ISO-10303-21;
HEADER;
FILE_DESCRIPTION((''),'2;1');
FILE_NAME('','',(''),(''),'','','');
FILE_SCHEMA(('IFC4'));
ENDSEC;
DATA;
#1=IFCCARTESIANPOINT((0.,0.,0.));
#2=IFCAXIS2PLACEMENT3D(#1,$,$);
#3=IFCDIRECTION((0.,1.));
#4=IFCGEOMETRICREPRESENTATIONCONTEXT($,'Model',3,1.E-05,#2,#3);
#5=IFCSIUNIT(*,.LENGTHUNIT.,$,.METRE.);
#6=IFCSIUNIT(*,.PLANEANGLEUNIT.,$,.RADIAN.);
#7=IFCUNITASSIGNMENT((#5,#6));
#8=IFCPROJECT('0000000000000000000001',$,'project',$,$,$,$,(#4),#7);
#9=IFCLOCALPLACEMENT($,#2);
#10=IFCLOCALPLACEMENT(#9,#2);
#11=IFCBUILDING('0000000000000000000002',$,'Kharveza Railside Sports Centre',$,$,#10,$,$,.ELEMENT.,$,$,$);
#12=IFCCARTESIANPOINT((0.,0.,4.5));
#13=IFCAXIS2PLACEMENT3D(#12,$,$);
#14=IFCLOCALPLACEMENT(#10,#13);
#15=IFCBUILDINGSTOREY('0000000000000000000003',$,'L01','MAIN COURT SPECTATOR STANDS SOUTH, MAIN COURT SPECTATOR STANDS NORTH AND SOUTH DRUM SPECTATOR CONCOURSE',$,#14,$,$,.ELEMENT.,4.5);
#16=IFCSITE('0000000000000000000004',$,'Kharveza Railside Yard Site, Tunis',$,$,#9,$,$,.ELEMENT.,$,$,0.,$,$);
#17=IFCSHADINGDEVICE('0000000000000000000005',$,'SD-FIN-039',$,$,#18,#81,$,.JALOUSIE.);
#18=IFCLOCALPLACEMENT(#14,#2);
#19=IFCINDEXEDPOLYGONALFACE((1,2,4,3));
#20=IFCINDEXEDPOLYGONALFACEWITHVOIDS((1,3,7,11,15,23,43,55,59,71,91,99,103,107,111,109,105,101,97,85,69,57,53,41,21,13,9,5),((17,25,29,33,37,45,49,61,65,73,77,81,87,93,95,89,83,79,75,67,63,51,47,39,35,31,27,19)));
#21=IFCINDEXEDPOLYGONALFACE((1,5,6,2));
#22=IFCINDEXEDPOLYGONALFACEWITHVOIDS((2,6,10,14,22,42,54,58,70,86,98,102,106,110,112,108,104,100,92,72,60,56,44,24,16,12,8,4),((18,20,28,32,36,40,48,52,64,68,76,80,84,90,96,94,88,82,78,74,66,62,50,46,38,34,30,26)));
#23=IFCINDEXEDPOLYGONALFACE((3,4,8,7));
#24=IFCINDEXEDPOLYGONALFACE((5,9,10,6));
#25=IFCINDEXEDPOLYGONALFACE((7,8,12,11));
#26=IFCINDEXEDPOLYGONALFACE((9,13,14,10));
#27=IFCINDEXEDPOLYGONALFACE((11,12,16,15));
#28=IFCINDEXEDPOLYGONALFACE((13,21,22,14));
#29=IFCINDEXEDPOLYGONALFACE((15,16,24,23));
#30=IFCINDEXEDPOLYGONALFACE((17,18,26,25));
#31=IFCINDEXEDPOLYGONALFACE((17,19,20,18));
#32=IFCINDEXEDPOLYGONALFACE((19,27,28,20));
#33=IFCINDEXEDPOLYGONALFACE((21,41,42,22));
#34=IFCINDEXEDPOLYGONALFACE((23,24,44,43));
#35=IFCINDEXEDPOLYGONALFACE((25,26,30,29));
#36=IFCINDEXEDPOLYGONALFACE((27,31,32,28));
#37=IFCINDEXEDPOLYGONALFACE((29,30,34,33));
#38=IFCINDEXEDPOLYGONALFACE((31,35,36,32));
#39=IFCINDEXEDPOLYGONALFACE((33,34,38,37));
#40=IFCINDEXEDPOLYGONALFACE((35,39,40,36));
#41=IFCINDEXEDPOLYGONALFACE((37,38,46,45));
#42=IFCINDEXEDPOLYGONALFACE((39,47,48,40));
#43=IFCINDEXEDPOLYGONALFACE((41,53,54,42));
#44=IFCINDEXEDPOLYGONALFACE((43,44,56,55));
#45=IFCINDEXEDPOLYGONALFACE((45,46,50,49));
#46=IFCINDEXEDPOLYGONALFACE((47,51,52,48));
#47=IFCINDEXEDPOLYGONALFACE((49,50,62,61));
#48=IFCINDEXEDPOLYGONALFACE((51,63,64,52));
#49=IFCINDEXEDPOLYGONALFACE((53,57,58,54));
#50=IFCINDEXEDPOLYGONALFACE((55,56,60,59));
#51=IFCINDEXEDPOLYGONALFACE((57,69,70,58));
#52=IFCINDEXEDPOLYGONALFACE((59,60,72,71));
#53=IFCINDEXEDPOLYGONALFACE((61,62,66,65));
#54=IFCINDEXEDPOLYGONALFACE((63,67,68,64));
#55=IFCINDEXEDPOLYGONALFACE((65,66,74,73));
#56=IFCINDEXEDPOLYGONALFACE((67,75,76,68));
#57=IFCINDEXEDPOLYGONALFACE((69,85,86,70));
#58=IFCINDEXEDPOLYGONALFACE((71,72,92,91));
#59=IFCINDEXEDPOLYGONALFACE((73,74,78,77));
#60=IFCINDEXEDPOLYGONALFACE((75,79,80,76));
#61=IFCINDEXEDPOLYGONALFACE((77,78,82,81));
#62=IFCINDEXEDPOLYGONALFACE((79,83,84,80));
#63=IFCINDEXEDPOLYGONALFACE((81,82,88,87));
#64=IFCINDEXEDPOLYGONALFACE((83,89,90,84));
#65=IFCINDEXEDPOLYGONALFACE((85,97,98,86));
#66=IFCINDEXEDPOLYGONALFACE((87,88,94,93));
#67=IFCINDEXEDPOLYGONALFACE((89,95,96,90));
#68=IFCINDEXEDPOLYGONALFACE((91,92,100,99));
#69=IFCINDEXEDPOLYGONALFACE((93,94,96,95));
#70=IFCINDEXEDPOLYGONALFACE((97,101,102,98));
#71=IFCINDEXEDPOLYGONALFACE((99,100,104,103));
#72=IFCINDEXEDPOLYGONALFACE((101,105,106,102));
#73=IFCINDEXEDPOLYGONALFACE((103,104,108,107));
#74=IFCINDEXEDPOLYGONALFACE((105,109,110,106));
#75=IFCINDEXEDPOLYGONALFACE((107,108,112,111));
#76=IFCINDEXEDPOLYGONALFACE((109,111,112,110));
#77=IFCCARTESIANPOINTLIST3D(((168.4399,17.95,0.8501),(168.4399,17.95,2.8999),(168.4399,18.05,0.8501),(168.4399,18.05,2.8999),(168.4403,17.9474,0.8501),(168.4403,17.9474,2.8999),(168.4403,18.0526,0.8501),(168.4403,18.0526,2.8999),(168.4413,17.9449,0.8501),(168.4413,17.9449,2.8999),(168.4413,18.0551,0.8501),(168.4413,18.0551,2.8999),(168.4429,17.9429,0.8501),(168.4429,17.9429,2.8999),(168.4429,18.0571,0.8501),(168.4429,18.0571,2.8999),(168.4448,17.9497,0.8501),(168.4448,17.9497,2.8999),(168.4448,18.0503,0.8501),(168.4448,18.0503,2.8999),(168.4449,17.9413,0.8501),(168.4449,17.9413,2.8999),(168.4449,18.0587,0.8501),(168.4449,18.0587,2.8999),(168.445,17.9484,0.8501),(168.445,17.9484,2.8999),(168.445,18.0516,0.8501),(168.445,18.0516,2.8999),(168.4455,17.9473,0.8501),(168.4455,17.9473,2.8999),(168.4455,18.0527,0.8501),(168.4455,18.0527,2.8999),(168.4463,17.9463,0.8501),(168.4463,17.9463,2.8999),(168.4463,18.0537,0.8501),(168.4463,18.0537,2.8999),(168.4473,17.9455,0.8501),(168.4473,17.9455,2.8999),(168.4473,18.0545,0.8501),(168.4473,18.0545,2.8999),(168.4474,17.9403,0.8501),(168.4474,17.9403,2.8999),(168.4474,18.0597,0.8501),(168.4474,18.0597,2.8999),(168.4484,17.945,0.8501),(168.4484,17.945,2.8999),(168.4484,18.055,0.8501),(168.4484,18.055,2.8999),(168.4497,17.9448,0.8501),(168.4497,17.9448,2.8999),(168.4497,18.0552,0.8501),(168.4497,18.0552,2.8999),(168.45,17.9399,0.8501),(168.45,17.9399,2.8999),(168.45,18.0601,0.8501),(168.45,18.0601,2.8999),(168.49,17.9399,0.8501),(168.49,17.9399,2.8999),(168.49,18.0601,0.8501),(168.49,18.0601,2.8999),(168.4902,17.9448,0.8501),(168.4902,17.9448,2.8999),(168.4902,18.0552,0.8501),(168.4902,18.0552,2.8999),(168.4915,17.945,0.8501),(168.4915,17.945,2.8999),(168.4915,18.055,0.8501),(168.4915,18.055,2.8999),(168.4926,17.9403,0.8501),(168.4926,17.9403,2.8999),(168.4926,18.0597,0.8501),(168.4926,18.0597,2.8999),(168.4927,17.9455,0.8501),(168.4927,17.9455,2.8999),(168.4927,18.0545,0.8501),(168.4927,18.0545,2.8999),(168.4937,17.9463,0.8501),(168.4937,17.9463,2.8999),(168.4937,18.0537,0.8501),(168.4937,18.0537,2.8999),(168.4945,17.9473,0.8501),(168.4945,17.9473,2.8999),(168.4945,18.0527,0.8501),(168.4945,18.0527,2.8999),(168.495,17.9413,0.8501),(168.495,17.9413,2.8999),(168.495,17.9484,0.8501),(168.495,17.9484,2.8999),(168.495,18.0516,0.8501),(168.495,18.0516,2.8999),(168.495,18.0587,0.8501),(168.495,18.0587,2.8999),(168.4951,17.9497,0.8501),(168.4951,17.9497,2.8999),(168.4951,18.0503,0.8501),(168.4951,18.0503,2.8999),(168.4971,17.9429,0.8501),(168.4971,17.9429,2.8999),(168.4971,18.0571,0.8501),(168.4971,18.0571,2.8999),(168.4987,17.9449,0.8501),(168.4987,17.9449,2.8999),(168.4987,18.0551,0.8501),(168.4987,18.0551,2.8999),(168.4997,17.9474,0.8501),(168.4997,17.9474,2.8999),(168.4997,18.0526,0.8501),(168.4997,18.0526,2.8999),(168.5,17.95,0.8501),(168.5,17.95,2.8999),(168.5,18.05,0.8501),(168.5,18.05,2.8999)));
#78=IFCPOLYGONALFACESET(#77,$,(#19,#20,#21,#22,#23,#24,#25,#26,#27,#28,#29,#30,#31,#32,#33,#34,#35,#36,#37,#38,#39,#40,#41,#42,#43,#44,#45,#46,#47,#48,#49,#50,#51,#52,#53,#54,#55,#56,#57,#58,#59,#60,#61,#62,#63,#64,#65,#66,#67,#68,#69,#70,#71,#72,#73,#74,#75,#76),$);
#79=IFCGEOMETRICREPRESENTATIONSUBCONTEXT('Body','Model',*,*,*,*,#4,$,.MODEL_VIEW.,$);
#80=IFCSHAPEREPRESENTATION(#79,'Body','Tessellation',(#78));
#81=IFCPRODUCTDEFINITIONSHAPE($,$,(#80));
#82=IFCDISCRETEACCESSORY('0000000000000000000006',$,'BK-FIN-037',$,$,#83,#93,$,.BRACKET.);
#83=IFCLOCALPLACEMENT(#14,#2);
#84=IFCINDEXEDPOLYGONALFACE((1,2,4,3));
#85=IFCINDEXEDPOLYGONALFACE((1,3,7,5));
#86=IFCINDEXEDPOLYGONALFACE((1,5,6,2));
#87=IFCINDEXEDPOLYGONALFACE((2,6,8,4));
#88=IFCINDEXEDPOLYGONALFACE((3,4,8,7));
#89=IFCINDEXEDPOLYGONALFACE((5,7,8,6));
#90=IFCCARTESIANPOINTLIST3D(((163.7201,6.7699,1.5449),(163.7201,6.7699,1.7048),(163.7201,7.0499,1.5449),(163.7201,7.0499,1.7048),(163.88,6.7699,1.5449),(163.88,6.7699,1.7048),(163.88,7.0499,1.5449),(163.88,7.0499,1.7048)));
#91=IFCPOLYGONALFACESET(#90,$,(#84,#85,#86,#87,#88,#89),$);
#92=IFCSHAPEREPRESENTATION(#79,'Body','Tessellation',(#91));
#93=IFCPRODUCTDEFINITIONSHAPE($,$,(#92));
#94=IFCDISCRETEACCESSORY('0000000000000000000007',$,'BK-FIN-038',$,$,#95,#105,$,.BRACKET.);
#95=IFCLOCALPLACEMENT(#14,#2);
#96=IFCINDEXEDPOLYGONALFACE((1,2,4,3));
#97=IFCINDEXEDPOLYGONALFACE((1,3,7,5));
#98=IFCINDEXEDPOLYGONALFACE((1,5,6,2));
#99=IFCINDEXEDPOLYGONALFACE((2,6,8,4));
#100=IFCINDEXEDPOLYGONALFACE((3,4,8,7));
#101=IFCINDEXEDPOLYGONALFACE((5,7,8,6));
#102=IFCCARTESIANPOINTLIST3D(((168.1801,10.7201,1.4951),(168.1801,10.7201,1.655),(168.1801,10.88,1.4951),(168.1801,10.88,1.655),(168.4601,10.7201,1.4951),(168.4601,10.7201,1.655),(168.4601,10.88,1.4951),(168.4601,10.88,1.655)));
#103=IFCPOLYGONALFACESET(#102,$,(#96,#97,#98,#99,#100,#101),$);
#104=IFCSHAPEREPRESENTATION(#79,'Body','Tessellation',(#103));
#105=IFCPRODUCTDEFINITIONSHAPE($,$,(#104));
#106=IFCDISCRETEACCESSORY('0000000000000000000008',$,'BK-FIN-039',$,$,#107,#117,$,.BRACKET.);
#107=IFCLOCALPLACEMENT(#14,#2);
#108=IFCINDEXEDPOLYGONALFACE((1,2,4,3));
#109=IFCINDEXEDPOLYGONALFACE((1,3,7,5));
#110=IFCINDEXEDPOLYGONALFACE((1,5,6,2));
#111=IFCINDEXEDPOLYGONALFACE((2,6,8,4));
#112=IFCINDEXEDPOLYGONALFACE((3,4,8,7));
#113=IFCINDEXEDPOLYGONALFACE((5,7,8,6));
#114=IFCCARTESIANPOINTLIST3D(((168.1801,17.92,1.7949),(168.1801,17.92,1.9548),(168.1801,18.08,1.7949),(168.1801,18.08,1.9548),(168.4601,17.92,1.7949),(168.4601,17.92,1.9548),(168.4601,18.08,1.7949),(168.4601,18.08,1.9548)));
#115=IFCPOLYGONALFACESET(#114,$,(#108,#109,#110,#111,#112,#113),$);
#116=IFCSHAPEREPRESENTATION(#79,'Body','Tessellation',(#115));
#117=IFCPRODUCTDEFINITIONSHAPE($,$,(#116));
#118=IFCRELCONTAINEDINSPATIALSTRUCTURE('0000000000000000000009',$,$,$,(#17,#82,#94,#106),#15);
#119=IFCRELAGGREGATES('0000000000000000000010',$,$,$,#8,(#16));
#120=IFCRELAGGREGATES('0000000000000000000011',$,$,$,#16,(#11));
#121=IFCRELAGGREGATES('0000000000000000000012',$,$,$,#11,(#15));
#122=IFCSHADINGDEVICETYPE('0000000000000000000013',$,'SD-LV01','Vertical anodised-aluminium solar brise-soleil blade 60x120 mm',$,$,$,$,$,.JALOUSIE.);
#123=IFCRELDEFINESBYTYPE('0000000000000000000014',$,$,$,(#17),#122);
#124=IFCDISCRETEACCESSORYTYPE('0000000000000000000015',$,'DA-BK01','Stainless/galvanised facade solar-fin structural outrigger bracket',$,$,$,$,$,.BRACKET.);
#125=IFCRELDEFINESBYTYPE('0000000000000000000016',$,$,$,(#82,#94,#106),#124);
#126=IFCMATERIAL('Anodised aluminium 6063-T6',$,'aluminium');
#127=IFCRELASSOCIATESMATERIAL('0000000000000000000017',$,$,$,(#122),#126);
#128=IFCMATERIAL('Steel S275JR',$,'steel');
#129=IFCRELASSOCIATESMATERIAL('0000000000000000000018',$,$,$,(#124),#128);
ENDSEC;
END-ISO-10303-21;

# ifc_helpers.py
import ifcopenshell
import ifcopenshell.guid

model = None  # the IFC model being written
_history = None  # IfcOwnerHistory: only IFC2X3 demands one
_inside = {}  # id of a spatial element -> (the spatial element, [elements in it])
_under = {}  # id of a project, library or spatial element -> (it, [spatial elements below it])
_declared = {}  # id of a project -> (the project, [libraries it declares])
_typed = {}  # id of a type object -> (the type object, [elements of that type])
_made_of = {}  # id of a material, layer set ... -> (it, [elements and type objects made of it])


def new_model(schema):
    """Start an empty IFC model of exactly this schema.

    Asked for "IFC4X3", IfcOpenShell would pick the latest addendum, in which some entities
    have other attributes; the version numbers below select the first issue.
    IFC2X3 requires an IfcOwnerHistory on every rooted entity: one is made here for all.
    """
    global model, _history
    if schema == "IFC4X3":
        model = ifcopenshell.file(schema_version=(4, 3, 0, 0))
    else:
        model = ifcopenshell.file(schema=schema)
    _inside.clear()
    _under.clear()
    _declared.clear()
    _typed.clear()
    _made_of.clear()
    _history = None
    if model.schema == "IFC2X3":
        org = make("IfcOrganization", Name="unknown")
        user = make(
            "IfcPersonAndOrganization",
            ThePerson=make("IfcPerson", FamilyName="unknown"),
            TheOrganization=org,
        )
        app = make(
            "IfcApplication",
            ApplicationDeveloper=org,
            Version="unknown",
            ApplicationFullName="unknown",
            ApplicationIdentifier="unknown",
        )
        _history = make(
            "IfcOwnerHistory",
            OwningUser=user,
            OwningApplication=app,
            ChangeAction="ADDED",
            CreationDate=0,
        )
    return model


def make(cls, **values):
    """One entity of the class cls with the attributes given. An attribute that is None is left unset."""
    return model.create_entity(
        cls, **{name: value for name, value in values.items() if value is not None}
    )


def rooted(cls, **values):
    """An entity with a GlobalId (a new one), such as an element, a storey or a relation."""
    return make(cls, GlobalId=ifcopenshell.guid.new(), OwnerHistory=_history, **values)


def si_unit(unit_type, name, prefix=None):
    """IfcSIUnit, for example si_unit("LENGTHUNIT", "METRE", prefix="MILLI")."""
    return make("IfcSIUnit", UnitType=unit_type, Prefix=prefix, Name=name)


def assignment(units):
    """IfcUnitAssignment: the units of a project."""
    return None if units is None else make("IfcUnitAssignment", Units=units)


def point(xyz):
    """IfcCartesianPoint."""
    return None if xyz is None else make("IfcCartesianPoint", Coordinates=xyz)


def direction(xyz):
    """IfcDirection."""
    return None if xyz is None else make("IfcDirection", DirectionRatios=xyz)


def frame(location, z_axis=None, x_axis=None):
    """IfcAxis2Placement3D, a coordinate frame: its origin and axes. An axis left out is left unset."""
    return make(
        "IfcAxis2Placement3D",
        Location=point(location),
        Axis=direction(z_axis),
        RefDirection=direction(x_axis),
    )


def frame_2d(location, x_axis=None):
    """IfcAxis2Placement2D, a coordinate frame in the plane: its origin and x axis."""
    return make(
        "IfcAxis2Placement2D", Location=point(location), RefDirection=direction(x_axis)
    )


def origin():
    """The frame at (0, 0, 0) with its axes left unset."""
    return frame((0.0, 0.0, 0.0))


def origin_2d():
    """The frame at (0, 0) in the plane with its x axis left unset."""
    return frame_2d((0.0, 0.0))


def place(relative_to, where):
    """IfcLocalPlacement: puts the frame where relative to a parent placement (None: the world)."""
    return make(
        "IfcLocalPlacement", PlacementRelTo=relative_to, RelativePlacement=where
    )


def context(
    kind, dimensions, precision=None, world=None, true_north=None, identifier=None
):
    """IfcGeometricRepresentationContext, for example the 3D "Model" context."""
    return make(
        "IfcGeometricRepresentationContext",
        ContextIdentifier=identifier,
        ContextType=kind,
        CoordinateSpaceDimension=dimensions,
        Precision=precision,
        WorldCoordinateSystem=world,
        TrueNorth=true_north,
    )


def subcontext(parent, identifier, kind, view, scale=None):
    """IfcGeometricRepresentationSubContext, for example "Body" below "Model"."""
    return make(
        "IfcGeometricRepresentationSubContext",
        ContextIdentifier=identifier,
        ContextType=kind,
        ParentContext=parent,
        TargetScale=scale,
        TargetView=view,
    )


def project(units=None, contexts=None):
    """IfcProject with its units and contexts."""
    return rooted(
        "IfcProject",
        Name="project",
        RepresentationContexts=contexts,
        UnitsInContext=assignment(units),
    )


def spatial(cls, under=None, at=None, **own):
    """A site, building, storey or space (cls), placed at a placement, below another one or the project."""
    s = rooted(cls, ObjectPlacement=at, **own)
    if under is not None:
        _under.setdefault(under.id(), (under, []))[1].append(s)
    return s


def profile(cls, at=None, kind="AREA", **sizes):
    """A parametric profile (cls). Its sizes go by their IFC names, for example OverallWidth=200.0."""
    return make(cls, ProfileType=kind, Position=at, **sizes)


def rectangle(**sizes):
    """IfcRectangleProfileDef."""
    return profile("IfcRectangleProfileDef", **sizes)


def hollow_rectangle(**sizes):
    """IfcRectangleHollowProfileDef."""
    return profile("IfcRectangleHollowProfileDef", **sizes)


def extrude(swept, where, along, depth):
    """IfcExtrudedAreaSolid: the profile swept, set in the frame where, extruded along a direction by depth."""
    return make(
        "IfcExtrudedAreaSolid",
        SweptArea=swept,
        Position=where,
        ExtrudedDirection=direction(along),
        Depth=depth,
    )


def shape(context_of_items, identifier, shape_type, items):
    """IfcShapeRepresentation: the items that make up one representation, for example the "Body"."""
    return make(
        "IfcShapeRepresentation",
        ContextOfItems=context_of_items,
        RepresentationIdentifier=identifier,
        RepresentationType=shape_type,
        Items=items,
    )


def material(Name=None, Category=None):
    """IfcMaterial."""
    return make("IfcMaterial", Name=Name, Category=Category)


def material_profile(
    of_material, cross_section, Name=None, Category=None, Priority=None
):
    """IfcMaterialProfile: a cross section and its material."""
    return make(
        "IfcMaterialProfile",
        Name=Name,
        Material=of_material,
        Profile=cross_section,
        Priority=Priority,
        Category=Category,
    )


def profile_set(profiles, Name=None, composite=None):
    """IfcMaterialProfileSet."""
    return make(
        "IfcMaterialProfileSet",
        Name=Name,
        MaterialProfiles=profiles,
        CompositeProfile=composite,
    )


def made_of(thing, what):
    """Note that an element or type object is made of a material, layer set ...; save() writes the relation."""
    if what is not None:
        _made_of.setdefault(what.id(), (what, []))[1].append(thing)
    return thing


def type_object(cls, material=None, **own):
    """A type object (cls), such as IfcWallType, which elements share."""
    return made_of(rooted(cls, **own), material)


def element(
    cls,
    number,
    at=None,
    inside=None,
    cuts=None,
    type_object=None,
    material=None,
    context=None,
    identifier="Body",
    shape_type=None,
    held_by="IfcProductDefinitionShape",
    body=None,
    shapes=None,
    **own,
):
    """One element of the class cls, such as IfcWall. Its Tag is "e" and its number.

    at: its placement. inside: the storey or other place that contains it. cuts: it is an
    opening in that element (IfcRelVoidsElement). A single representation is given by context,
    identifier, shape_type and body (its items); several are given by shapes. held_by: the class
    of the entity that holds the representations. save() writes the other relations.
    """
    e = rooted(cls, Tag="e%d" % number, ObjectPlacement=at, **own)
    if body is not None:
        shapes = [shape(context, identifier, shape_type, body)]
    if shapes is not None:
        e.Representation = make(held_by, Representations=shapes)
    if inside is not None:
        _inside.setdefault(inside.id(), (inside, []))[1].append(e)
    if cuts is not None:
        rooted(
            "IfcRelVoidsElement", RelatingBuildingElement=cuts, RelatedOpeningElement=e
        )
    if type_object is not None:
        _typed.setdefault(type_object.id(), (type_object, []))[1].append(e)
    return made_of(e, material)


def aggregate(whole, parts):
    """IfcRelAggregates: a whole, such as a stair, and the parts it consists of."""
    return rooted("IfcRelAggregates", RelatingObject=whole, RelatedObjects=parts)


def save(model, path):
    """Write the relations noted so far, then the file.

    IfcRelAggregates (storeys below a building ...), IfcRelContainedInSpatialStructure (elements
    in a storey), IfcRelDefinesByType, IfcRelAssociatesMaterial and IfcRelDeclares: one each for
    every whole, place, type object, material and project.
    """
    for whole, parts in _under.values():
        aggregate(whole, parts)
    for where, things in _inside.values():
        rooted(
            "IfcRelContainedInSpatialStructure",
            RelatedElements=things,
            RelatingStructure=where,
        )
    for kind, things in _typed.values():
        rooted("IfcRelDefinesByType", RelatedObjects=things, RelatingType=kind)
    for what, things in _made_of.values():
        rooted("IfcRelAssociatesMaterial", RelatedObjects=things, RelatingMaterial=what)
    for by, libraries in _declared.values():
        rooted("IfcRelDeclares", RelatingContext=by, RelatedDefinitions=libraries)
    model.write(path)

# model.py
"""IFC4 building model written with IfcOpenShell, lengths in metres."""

from ifc_helpers import new_model, si_unit, direction, frame, origin, origin_2d, place, context, subcontext, project, spatial, rectangle, hollow_rectangle, extrude, material, material_profile, profile_set, type_object, element, save


model = new_model("IFC4")

# Units and contexts
model_context = context("Model", 3, precision=1e-05, world=origin(), true_north=direction((0.0, 1.0)))
body_context = subcontext(model_context, "Body", "Model", "MODEL_VIEW")
ifc_project = project(units=[si_unit("LENGTHUNIT", "METRE"), si_unit("PLANEANGLEUNIT", "RADIAN")], contexts=[model_context])

# Site, building, storey
site_placement = place(None, origin())
site = spatial("IfcSite", under=ifc_project, at=site_placement, Name="Kharveza Railside Yard Site, Tunis", CompositionType="ELEMENT", RefElevation=0.0)
building_placement = place(site_placement, origin())
building = spatial("IfcBuilding", under=site, at=building_placement, Name="Kharveza Railside Sports Centre", CompositionType="ELEMENT")
storey_placement = place(building_placement, frame((0.0, 0.0, 4.5)))
storey = spatial("IfcBuildingStorey", under=building, at=storey_placement, Name="L01", Description="MAIN COURT SPECTATOR STANDS SOUTH, MAIN COURT SPECTATOR STANDS NORTH AND SOUTH DRUM SPECTATOR CONCOURSE", CompositionType="ELEMENT", Elevation=4.5)

# Shared definitions
ifc_material_1 = material(Name="Steel S275JR", Category="steel")

# Shading device
ifc_material_2 = material(Name="Anodised aluminium 6063-T6", Category="aluminium")
ifc_material_profile_1 = material_profile(ifc_material_2, hollow_rectangle(XDim=0.0601, YDim=0.1201, WallThickness=0.0049, InnerFilletRadius=0.0049, OuterFilletRadius=0.01, at=origin_2d()), Name="RHS 60x120x5.0")
ifc_profile_set_1 = profile_set([ifc_material_profile_1], Name="Anodised aluminium 6063-T6")
shading_device_type = type_object("IfcShadingDeviceType", Name="SD-LV01", Description="Vertical anodised-aluminium solar brise-soleil blade 60x120 mm", PredefinedType="JALOUSIE", material=ifc_profile_set_1)
shading_device_1_placement = place(storey_placement, frame((168.47, 18.0, 0.8501), z_axis=(0.0, 0.0, 1.0), x_axis=(1.0, 0.0, 0.0)))
element("IfcShadingDevice", 1, at=shading_device_1_placement, inside=storey, type_object=shading_device_type, Name="SD-FIN-039", PredefinedType="JALOUSIE", context=body_context, shape_type="SweptSolid", body=[
    extrude(hollow_rectangle(XDim=0.0601, YDim=0.1201, WallThickness=0.0049, InnerFilletRadius=0.0049, OuterFilletRadius=0.01, at=origin_2d()), origin(), (0.0, 0.0, 1.0), 2.0498),
])

# Discrete accessories
discrete_accessory_type = type_object("IfcDiscreteAccessoryType", Name="DA-BK01", Description="Stainless/galvanised facade solar-fin structural outrigger bracket", PredefinedType="BRACKET", material=ifc_material_1)
for number, where, z_axis, x_axis, name in (
    (2, (163.8, 6.9099, 1.5449), (0.0, 0.0, 1.0), (0.0, -1.0, 0.0), "BK-FIN-037"),
    (3, (168.3201, 10.8, 1.4951), (0.0, 0.0, 1.0), (1.0, 0.0, 0.0), "BK-FIN-038"),
    (4, (168.3201, 18.0, 1.7949), (0.0, 0.0, 1.0), (1.0, 0.0, 0.0), "BK-FIN-039"),
):
    element("IfcDiscreteAccessory", number, at=place(storey_placement, frame(where, z_axis=z_axis, x_axis=x_axis)), inside=storey, type_object=discrete_accessory_type, Name=name, PredefinedType="BRACKET", context=body_context, shape_type="SweptSolid", body=[
        extrude(rectangle(XDim=0.28, YDim=0.1599, at=origin_2d()), origin(), (0.0, 0.0, 1.0), 0.1599),
    ])

save(model, "model.ifc")
